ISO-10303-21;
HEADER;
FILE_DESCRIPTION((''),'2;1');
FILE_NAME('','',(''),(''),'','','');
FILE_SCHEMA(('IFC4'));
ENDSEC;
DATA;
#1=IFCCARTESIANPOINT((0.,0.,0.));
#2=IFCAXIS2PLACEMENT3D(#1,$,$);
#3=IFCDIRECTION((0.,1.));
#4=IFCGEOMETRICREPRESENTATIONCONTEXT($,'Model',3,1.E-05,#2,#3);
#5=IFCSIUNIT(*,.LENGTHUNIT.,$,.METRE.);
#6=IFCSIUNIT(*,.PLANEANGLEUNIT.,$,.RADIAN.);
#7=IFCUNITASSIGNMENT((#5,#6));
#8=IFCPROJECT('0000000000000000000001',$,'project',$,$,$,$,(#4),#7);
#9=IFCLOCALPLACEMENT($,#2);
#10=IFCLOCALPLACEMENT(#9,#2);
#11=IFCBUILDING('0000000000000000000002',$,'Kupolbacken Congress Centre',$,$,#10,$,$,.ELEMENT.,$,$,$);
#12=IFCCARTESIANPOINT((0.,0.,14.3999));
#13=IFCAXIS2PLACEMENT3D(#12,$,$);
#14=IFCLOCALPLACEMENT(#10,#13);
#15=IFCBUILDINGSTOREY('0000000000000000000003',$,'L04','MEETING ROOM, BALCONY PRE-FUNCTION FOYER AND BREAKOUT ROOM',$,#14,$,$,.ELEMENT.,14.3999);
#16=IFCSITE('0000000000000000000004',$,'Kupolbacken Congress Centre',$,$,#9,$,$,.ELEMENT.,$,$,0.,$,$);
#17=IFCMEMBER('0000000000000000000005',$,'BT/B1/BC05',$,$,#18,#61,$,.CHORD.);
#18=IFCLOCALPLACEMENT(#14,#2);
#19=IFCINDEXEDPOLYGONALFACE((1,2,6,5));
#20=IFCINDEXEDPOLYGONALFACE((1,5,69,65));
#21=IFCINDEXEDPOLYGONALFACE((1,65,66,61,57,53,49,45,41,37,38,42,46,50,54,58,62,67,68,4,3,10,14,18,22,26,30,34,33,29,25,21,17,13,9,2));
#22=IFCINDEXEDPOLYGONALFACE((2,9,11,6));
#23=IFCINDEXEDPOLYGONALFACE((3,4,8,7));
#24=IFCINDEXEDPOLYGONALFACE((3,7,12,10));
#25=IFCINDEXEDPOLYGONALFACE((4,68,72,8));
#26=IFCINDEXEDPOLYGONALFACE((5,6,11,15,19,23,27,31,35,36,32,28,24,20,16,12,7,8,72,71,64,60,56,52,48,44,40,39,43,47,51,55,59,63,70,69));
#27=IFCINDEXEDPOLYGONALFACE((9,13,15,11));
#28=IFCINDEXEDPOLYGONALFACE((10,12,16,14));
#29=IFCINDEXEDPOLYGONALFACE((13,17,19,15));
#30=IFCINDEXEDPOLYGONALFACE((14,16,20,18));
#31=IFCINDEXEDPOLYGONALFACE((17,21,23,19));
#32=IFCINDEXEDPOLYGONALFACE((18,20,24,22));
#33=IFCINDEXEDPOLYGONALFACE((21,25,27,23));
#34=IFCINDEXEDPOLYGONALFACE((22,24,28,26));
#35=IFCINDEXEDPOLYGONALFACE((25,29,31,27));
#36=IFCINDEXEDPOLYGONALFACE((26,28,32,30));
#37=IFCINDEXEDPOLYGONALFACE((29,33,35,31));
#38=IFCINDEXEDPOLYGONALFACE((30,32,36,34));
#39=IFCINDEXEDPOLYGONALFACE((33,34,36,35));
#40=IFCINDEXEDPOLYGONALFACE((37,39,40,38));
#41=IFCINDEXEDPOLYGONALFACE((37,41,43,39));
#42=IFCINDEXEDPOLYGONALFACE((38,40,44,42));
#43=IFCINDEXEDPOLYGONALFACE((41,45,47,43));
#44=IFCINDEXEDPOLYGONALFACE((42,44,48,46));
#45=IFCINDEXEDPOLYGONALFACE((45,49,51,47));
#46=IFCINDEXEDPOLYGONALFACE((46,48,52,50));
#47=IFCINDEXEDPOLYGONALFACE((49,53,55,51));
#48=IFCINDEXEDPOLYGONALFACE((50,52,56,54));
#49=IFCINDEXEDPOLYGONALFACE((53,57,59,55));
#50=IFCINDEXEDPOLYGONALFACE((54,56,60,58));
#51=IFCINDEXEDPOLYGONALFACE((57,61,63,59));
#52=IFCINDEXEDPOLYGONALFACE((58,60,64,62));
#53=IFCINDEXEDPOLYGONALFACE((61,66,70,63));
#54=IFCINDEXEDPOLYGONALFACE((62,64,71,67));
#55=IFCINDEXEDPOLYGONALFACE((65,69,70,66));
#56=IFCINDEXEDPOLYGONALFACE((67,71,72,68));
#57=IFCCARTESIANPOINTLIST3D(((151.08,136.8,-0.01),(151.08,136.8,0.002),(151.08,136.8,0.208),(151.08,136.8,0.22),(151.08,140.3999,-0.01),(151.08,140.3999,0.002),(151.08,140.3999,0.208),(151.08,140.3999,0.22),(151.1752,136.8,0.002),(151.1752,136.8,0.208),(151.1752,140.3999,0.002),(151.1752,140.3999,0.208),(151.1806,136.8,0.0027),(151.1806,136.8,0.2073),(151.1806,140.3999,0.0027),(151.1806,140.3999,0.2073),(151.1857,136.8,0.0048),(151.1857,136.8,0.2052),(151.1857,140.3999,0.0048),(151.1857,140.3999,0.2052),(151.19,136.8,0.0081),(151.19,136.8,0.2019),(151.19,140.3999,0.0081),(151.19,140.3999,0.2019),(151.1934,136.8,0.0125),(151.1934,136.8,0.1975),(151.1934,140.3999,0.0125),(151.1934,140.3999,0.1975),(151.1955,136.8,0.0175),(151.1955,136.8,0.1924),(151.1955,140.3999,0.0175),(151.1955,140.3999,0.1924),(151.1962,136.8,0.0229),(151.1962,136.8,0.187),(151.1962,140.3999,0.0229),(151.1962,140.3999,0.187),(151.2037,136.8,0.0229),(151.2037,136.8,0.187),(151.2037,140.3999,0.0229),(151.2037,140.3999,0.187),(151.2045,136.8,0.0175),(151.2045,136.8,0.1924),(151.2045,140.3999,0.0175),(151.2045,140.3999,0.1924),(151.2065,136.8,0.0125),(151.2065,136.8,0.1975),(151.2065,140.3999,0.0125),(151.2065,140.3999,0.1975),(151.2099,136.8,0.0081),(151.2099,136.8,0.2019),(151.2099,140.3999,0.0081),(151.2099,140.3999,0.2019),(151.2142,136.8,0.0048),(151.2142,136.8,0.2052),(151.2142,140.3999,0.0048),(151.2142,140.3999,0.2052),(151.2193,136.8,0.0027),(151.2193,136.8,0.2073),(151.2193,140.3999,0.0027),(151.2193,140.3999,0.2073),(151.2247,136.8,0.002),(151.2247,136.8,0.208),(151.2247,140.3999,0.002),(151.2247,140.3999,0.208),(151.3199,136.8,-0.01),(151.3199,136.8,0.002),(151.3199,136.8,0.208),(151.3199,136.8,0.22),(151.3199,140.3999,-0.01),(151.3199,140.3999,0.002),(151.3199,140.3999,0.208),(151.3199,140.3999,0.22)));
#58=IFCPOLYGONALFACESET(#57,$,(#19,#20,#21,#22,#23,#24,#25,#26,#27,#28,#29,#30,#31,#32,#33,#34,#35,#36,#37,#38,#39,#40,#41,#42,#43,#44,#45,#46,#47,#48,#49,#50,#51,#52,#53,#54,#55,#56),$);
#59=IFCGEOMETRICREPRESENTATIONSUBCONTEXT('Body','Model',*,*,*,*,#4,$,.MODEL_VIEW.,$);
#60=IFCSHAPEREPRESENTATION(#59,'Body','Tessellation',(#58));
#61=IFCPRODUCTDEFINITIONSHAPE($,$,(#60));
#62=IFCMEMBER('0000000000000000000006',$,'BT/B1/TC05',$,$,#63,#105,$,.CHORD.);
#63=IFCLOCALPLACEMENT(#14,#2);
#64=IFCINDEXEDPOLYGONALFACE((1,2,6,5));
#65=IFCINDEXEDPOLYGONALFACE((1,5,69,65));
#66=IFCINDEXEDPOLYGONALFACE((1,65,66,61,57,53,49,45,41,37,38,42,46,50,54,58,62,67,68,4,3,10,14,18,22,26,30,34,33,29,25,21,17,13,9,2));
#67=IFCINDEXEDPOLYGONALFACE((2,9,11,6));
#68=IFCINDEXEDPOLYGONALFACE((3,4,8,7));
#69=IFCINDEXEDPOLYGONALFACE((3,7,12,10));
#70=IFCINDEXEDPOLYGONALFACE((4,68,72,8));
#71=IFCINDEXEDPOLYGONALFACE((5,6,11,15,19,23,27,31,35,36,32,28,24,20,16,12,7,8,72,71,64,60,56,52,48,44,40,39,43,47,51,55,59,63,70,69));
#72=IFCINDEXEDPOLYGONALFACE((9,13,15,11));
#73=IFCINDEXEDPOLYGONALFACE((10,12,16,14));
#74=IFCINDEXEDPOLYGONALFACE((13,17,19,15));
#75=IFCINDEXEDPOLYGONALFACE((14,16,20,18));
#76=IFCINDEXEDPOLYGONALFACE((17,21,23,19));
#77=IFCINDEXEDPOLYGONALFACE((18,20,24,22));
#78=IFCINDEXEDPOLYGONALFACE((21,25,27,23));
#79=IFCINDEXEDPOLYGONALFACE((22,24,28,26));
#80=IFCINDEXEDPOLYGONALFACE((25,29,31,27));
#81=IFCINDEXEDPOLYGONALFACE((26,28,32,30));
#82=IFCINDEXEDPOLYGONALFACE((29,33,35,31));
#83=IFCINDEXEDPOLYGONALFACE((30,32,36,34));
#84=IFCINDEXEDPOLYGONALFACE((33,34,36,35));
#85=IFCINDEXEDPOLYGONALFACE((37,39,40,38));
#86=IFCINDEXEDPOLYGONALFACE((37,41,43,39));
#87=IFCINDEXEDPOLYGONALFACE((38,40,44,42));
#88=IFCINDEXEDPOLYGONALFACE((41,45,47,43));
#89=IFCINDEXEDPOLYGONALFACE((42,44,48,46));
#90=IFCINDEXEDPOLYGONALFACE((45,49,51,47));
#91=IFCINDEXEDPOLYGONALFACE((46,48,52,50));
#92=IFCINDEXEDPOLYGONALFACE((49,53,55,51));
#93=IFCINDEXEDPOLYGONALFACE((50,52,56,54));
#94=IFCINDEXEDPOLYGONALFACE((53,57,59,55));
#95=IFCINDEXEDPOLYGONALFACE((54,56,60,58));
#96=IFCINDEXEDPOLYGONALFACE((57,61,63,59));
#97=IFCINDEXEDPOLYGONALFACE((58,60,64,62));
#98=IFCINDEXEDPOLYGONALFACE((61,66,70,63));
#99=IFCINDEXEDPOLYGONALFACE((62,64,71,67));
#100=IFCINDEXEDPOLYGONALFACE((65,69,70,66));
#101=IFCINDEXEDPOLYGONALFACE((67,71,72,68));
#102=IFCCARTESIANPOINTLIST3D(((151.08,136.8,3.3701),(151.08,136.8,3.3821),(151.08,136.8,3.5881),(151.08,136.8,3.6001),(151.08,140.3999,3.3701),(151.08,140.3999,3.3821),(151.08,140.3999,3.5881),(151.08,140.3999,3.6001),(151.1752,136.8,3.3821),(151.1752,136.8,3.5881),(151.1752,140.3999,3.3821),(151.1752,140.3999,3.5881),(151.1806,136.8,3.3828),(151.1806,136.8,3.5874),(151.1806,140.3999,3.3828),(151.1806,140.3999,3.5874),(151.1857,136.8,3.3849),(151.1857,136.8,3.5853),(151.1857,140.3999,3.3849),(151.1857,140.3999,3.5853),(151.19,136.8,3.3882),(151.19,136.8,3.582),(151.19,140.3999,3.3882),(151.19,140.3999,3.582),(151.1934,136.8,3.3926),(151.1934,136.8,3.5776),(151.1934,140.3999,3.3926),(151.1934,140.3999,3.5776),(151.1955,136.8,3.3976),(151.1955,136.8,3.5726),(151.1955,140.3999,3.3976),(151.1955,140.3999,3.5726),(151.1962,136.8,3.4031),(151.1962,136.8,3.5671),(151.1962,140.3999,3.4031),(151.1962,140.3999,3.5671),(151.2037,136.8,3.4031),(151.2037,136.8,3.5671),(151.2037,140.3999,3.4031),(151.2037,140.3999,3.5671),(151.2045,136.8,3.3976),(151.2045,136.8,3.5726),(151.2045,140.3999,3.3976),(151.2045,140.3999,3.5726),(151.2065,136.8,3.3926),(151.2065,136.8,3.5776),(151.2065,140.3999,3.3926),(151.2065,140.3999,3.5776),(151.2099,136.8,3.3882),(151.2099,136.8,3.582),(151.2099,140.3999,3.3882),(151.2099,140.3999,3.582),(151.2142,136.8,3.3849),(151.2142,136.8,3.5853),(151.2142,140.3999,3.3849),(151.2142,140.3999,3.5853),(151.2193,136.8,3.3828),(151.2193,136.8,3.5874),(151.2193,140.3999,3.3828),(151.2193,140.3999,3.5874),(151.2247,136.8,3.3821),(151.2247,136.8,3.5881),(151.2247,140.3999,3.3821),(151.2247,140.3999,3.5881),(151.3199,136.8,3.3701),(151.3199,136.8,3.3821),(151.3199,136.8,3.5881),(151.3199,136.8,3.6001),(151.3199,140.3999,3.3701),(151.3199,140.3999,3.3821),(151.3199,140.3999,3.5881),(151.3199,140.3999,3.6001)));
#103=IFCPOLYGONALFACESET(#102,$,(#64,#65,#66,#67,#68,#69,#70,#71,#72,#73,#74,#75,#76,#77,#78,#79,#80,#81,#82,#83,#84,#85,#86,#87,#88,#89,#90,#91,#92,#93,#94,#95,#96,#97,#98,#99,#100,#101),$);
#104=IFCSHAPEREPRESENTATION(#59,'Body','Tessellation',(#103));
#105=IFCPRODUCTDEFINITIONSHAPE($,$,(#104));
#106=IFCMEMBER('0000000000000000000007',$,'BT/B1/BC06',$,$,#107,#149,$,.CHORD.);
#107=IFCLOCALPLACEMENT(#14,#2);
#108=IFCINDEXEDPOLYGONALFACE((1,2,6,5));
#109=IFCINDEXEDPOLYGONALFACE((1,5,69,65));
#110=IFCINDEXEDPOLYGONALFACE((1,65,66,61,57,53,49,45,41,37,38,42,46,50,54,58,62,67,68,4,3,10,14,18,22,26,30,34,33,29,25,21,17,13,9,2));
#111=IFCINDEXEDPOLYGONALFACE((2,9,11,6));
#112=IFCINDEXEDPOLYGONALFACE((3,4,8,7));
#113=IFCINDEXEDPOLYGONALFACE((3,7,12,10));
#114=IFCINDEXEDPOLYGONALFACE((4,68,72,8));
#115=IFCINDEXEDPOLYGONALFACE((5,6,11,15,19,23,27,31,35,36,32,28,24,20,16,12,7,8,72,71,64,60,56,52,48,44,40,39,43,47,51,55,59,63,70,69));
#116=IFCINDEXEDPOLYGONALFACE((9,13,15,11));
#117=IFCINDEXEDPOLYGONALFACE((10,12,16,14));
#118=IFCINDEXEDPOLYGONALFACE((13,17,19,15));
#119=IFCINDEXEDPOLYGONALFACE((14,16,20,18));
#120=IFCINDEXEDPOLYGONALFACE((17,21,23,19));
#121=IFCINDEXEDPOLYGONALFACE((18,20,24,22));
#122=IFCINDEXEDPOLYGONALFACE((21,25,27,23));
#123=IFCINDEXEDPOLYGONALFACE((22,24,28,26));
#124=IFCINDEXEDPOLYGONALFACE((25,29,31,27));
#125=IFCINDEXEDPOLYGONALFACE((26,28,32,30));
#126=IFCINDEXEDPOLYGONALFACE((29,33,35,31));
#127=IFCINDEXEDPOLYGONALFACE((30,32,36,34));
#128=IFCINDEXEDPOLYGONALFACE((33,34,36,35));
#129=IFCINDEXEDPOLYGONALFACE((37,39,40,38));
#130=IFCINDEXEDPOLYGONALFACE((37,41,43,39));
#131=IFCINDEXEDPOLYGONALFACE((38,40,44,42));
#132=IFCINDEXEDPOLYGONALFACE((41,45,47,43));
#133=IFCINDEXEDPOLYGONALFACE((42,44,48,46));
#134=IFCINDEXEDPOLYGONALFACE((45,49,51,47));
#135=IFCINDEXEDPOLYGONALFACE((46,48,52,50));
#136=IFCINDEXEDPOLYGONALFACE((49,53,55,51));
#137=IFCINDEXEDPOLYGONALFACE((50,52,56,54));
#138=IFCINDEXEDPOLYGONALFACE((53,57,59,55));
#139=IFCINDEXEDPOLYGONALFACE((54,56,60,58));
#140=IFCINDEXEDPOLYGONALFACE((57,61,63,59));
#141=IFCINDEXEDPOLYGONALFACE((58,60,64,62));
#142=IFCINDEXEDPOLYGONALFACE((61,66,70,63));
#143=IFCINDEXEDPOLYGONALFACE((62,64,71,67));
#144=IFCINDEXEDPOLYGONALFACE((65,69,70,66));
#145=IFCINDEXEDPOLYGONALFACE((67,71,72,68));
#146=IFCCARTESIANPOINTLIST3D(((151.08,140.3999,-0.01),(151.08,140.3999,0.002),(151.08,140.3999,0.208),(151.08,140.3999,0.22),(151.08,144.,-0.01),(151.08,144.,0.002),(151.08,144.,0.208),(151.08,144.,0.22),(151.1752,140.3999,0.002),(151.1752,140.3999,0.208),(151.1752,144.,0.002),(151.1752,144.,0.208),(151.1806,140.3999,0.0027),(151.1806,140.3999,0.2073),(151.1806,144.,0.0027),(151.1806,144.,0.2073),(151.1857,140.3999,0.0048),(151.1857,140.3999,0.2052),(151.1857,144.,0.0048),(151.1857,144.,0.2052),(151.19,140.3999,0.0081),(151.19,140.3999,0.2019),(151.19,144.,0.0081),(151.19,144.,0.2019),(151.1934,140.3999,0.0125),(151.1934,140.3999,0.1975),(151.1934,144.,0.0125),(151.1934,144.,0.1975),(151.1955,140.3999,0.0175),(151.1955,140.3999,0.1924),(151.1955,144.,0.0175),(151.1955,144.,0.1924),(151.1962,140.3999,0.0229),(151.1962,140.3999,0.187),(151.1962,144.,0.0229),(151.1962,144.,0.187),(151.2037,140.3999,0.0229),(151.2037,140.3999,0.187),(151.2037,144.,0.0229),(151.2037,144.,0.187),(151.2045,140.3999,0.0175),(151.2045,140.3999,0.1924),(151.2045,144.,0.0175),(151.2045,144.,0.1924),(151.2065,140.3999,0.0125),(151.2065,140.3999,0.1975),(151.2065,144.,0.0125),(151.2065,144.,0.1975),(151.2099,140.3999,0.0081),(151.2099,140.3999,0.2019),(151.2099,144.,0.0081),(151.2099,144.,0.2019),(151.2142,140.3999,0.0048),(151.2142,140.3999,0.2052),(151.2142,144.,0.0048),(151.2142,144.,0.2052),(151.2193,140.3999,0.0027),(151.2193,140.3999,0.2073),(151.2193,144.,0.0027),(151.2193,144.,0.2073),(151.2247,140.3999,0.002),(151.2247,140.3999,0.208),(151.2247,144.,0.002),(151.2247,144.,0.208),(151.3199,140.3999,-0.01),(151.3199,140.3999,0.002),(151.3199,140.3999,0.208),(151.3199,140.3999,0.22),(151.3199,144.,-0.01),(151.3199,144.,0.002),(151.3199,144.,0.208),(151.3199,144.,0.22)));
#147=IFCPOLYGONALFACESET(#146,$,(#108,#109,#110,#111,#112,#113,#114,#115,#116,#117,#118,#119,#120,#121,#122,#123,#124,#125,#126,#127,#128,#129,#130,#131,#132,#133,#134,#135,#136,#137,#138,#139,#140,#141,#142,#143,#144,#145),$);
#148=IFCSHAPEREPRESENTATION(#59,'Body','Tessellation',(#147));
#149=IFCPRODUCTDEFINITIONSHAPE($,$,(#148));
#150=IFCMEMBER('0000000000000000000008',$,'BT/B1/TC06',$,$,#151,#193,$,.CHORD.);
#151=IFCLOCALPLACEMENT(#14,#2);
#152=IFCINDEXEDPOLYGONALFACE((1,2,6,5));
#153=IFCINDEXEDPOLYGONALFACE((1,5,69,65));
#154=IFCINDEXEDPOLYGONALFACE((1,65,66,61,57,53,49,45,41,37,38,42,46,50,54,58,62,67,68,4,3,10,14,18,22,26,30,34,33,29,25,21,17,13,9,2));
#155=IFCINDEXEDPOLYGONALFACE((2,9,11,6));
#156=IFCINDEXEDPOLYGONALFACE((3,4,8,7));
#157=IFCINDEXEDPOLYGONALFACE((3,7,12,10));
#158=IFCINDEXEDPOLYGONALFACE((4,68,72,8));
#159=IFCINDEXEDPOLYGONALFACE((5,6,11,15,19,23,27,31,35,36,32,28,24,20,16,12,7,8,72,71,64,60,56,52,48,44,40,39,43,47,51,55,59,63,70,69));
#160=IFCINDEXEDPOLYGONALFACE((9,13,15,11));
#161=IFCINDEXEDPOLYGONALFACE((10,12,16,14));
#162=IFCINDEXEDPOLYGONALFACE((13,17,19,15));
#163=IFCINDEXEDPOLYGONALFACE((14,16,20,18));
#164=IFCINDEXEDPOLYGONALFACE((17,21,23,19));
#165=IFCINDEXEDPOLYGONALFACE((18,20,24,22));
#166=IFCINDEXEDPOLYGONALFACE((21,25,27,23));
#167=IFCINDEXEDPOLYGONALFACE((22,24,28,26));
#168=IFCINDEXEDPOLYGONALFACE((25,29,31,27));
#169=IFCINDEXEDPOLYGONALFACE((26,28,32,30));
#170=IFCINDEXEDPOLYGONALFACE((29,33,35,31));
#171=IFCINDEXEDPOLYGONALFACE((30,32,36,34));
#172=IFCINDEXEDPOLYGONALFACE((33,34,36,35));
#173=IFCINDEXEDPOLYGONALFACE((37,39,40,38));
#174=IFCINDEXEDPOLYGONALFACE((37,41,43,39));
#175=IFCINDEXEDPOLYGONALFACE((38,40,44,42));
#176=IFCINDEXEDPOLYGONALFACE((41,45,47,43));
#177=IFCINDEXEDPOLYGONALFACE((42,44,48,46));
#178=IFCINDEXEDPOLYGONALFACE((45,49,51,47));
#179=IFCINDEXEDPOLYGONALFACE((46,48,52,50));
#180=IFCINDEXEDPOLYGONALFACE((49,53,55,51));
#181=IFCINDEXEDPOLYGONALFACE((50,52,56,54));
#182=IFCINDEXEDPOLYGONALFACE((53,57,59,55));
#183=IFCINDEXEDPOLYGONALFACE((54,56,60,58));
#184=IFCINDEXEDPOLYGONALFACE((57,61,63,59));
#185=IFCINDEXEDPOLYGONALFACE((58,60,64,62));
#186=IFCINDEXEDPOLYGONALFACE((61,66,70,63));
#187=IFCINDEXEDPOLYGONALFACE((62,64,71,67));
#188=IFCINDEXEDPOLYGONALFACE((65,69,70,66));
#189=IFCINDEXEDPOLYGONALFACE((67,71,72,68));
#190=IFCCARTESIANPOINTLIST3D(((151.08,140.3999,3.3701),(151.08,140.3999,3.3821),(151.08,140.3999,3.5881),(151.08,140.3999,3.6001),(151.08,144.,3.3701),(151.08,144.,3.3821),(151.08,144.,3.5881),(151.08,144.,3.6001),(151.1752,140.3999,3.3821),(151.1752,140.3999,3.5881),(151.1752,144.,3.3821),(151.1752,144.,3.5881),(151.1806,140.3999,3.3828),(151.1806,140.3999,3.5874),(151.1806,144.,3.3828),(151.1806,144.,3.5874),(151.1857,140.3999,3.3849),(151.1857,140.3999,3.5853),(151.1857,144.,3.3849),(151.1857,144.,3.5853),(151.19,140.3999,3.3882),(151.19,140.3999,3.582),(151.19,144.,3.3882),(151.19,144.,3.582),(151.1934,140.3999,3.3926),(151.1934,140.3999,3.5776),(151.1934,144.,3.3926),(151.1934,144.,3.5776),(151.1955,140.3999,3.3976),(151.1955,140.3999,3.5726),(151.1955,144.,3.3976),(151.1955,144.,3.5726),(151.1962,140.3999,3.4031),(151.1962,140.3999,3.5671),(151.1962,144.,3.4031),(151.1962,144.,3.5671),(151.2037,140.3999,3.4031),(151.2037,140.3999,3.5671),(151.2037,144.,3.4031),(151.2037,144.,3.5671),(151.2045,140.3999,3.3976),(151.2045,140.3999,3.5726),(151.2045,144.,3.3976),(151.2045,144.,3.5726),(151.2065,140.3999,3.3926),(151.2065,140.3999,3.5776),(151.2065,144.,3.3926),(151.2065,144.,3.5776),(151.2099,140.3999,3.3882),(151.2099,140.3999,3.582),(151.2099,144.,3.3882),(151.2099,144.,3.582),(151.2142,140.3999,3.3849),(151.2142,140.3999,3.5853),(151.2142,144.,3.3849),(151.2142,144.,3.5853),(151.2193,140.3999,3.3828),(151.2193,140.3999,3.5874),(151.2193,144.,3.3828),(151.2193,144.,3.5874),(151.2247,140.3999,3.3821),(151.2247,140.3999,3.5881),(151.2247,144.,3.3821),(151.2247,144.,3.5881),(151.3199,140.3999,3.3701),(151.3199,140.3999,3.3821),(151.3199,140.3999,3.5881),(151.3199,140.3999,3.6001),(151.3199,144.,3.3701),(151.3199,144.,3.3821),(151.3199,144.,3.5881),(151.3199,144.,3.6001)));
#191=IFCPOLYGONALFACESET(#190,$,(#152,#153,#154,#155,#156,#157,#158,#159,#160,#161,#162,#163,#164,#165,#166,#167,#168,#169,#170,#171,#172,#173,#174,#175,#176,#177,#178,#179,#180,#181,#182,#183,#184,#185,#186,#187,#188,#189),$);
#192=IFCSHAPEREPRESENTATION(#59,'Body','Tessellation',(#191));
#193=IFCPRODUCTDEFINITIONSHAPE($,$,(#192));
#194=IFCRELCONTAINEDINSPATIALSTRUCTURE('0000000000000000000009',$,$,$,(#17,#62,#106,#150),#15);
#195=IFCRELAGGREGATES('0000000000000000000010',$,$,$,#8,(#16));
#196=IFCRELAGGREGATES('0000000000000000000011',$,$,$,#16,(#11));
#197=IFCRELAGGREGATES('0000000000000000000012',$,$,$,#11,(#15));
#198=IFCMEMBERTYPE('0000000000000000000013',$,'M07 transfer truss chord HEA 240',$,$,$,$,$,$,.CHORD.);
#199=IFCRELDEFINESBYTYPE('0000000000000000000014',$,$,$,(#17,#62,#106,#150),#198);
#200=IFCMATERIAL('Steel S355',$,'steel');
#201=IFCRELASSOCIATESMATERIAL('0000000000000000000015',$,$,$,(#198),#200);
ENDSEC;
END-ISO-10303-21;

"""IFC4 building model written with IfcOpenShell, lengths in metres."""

from ifc_helpers import new_model, si_unit, direction, frame, origin, origin_2d, place, context, subcontext, project, spatial, i_section, extrude, material, material_profile, profile_set, type_object, element, save


model = new_model("IFC4")

# Units and contexts
model_context = context("Model", 3, precision=1e-05, world=origin(), true_north=direction((0.0, 1.0)))
body_context = subcontext(model_context, "Body", "Model", "MODEL_VIEW")
ifc_project = project(units=[si_unit("LENGTHUNIT", "METRE"), si_unit("PLANEANGLEUNIT", "RADIAN")], contexts=[model_context])

# Site, building, storey
site_placement = place(None, origin())
site = spatial("IfcSite", under=ifc_project, at=site_placement, Name="Kupolbacken Congress Centre", CompositionType="ELEMENT", RefElevation=0.0)
building_placement = place(site_placement, origin())
building = spatial("IfcBuilding", under=site, at=building_placement, Name="Kupolbacken Congress Centre", CompositionType="ELEMENT")
storey_placement = place(building_placement, frame((0.0, 0.0, 14.3999)))
storey = spatial("IfcBuildingStorey", under=building, at=storey_placement, Name="L04", Description="MEETING ROOM, BALCONY PRE-FUNCTION FOYER AND BREAKOUT ROOM", CompositionType="ELEMENT", Elevation=14.3999)

# Members
ifc_material_1 = material(Name="Steel S355", Category="steel")
ifc_material_profile_1 = material_profile(ifc_material_1, i_section(OverallWidth=0.24, OverallDepth=0.23, WebThickness=0.0076, FlangeThickness=0.012, FilletRadius=0.021, at=origin_2d()), Name="HEA 240")
ifc_profile_set_1 = profile_set([ifc_material_profile_1], Name="Steel S355")
member_type_1 = type_object("IfcMemberType", Name="M07 transfer truss chord HEA 240", PredefinedType="CHORD", material=ifc_profile_set_1)
for number, where, z_axis, x_axis, name in (
    (1, (151.2, 136.8, 0.105), (0.0, 1.0, 0.0), (-1.0, 0.0, 0.0), "BT/B1/BC05"),
    (2, (151.2, 136.8, 3.4851), (0.0, 1.0, 0.0), (-1.0, 0.0, 0.0), "BT/B1/TC05"),
):
    element("IfcMember", number, at=place(storey_placement, frame(where, z_axis=z_axis, x_axis=x_axis)), inside=storey, type_object=member_type_1, Name=name, PredefinedType="CHORD", context=body_context, shape_type="SweptSolid", body=[
        extrude(i_section(OverallWidth=0.24, OverallDepth=0.23, WebThickness=0.0076, FlangeThickness=0.012, FilletRadius=0.021, at=origin_2d()), origin(), (0.0, 0.0, 1.0), 3.5999),
    ])
for number, where, z_axis, x_axis, name in (
    (3, (151.2, 140.3999, 0.105), (0.0, 1.0, 0.0), (-1.0, 0.0, 0.0), "BT/B1/BC06"),
    (4, (151.2, 140.3999, 3.4851), (0.0, 1.0, 0.0), (-1.0, 0.0, 0.0), "BT/B1/TC06"),
):
    element("IfcMember", number, at=place(storey_placement, frame(where, z_axis=z_axis, x_axis=x_axis)), inside=storey, type_object=member_type_1, Name=name, PredefinedType="CHORD", context=body_context, shape_type="SweptSolid", body=[
        extrude(i_section(OverallWidth=0.24, OverallDepth=0.23, WebThickness=0.0076, FlangeThickness=0.012, FilletRadius=0.021, at=origin_2d()), origin(), (0.0, 0.0, 1.0), 3.6001),
    ])

save(model, "model.ifc")
